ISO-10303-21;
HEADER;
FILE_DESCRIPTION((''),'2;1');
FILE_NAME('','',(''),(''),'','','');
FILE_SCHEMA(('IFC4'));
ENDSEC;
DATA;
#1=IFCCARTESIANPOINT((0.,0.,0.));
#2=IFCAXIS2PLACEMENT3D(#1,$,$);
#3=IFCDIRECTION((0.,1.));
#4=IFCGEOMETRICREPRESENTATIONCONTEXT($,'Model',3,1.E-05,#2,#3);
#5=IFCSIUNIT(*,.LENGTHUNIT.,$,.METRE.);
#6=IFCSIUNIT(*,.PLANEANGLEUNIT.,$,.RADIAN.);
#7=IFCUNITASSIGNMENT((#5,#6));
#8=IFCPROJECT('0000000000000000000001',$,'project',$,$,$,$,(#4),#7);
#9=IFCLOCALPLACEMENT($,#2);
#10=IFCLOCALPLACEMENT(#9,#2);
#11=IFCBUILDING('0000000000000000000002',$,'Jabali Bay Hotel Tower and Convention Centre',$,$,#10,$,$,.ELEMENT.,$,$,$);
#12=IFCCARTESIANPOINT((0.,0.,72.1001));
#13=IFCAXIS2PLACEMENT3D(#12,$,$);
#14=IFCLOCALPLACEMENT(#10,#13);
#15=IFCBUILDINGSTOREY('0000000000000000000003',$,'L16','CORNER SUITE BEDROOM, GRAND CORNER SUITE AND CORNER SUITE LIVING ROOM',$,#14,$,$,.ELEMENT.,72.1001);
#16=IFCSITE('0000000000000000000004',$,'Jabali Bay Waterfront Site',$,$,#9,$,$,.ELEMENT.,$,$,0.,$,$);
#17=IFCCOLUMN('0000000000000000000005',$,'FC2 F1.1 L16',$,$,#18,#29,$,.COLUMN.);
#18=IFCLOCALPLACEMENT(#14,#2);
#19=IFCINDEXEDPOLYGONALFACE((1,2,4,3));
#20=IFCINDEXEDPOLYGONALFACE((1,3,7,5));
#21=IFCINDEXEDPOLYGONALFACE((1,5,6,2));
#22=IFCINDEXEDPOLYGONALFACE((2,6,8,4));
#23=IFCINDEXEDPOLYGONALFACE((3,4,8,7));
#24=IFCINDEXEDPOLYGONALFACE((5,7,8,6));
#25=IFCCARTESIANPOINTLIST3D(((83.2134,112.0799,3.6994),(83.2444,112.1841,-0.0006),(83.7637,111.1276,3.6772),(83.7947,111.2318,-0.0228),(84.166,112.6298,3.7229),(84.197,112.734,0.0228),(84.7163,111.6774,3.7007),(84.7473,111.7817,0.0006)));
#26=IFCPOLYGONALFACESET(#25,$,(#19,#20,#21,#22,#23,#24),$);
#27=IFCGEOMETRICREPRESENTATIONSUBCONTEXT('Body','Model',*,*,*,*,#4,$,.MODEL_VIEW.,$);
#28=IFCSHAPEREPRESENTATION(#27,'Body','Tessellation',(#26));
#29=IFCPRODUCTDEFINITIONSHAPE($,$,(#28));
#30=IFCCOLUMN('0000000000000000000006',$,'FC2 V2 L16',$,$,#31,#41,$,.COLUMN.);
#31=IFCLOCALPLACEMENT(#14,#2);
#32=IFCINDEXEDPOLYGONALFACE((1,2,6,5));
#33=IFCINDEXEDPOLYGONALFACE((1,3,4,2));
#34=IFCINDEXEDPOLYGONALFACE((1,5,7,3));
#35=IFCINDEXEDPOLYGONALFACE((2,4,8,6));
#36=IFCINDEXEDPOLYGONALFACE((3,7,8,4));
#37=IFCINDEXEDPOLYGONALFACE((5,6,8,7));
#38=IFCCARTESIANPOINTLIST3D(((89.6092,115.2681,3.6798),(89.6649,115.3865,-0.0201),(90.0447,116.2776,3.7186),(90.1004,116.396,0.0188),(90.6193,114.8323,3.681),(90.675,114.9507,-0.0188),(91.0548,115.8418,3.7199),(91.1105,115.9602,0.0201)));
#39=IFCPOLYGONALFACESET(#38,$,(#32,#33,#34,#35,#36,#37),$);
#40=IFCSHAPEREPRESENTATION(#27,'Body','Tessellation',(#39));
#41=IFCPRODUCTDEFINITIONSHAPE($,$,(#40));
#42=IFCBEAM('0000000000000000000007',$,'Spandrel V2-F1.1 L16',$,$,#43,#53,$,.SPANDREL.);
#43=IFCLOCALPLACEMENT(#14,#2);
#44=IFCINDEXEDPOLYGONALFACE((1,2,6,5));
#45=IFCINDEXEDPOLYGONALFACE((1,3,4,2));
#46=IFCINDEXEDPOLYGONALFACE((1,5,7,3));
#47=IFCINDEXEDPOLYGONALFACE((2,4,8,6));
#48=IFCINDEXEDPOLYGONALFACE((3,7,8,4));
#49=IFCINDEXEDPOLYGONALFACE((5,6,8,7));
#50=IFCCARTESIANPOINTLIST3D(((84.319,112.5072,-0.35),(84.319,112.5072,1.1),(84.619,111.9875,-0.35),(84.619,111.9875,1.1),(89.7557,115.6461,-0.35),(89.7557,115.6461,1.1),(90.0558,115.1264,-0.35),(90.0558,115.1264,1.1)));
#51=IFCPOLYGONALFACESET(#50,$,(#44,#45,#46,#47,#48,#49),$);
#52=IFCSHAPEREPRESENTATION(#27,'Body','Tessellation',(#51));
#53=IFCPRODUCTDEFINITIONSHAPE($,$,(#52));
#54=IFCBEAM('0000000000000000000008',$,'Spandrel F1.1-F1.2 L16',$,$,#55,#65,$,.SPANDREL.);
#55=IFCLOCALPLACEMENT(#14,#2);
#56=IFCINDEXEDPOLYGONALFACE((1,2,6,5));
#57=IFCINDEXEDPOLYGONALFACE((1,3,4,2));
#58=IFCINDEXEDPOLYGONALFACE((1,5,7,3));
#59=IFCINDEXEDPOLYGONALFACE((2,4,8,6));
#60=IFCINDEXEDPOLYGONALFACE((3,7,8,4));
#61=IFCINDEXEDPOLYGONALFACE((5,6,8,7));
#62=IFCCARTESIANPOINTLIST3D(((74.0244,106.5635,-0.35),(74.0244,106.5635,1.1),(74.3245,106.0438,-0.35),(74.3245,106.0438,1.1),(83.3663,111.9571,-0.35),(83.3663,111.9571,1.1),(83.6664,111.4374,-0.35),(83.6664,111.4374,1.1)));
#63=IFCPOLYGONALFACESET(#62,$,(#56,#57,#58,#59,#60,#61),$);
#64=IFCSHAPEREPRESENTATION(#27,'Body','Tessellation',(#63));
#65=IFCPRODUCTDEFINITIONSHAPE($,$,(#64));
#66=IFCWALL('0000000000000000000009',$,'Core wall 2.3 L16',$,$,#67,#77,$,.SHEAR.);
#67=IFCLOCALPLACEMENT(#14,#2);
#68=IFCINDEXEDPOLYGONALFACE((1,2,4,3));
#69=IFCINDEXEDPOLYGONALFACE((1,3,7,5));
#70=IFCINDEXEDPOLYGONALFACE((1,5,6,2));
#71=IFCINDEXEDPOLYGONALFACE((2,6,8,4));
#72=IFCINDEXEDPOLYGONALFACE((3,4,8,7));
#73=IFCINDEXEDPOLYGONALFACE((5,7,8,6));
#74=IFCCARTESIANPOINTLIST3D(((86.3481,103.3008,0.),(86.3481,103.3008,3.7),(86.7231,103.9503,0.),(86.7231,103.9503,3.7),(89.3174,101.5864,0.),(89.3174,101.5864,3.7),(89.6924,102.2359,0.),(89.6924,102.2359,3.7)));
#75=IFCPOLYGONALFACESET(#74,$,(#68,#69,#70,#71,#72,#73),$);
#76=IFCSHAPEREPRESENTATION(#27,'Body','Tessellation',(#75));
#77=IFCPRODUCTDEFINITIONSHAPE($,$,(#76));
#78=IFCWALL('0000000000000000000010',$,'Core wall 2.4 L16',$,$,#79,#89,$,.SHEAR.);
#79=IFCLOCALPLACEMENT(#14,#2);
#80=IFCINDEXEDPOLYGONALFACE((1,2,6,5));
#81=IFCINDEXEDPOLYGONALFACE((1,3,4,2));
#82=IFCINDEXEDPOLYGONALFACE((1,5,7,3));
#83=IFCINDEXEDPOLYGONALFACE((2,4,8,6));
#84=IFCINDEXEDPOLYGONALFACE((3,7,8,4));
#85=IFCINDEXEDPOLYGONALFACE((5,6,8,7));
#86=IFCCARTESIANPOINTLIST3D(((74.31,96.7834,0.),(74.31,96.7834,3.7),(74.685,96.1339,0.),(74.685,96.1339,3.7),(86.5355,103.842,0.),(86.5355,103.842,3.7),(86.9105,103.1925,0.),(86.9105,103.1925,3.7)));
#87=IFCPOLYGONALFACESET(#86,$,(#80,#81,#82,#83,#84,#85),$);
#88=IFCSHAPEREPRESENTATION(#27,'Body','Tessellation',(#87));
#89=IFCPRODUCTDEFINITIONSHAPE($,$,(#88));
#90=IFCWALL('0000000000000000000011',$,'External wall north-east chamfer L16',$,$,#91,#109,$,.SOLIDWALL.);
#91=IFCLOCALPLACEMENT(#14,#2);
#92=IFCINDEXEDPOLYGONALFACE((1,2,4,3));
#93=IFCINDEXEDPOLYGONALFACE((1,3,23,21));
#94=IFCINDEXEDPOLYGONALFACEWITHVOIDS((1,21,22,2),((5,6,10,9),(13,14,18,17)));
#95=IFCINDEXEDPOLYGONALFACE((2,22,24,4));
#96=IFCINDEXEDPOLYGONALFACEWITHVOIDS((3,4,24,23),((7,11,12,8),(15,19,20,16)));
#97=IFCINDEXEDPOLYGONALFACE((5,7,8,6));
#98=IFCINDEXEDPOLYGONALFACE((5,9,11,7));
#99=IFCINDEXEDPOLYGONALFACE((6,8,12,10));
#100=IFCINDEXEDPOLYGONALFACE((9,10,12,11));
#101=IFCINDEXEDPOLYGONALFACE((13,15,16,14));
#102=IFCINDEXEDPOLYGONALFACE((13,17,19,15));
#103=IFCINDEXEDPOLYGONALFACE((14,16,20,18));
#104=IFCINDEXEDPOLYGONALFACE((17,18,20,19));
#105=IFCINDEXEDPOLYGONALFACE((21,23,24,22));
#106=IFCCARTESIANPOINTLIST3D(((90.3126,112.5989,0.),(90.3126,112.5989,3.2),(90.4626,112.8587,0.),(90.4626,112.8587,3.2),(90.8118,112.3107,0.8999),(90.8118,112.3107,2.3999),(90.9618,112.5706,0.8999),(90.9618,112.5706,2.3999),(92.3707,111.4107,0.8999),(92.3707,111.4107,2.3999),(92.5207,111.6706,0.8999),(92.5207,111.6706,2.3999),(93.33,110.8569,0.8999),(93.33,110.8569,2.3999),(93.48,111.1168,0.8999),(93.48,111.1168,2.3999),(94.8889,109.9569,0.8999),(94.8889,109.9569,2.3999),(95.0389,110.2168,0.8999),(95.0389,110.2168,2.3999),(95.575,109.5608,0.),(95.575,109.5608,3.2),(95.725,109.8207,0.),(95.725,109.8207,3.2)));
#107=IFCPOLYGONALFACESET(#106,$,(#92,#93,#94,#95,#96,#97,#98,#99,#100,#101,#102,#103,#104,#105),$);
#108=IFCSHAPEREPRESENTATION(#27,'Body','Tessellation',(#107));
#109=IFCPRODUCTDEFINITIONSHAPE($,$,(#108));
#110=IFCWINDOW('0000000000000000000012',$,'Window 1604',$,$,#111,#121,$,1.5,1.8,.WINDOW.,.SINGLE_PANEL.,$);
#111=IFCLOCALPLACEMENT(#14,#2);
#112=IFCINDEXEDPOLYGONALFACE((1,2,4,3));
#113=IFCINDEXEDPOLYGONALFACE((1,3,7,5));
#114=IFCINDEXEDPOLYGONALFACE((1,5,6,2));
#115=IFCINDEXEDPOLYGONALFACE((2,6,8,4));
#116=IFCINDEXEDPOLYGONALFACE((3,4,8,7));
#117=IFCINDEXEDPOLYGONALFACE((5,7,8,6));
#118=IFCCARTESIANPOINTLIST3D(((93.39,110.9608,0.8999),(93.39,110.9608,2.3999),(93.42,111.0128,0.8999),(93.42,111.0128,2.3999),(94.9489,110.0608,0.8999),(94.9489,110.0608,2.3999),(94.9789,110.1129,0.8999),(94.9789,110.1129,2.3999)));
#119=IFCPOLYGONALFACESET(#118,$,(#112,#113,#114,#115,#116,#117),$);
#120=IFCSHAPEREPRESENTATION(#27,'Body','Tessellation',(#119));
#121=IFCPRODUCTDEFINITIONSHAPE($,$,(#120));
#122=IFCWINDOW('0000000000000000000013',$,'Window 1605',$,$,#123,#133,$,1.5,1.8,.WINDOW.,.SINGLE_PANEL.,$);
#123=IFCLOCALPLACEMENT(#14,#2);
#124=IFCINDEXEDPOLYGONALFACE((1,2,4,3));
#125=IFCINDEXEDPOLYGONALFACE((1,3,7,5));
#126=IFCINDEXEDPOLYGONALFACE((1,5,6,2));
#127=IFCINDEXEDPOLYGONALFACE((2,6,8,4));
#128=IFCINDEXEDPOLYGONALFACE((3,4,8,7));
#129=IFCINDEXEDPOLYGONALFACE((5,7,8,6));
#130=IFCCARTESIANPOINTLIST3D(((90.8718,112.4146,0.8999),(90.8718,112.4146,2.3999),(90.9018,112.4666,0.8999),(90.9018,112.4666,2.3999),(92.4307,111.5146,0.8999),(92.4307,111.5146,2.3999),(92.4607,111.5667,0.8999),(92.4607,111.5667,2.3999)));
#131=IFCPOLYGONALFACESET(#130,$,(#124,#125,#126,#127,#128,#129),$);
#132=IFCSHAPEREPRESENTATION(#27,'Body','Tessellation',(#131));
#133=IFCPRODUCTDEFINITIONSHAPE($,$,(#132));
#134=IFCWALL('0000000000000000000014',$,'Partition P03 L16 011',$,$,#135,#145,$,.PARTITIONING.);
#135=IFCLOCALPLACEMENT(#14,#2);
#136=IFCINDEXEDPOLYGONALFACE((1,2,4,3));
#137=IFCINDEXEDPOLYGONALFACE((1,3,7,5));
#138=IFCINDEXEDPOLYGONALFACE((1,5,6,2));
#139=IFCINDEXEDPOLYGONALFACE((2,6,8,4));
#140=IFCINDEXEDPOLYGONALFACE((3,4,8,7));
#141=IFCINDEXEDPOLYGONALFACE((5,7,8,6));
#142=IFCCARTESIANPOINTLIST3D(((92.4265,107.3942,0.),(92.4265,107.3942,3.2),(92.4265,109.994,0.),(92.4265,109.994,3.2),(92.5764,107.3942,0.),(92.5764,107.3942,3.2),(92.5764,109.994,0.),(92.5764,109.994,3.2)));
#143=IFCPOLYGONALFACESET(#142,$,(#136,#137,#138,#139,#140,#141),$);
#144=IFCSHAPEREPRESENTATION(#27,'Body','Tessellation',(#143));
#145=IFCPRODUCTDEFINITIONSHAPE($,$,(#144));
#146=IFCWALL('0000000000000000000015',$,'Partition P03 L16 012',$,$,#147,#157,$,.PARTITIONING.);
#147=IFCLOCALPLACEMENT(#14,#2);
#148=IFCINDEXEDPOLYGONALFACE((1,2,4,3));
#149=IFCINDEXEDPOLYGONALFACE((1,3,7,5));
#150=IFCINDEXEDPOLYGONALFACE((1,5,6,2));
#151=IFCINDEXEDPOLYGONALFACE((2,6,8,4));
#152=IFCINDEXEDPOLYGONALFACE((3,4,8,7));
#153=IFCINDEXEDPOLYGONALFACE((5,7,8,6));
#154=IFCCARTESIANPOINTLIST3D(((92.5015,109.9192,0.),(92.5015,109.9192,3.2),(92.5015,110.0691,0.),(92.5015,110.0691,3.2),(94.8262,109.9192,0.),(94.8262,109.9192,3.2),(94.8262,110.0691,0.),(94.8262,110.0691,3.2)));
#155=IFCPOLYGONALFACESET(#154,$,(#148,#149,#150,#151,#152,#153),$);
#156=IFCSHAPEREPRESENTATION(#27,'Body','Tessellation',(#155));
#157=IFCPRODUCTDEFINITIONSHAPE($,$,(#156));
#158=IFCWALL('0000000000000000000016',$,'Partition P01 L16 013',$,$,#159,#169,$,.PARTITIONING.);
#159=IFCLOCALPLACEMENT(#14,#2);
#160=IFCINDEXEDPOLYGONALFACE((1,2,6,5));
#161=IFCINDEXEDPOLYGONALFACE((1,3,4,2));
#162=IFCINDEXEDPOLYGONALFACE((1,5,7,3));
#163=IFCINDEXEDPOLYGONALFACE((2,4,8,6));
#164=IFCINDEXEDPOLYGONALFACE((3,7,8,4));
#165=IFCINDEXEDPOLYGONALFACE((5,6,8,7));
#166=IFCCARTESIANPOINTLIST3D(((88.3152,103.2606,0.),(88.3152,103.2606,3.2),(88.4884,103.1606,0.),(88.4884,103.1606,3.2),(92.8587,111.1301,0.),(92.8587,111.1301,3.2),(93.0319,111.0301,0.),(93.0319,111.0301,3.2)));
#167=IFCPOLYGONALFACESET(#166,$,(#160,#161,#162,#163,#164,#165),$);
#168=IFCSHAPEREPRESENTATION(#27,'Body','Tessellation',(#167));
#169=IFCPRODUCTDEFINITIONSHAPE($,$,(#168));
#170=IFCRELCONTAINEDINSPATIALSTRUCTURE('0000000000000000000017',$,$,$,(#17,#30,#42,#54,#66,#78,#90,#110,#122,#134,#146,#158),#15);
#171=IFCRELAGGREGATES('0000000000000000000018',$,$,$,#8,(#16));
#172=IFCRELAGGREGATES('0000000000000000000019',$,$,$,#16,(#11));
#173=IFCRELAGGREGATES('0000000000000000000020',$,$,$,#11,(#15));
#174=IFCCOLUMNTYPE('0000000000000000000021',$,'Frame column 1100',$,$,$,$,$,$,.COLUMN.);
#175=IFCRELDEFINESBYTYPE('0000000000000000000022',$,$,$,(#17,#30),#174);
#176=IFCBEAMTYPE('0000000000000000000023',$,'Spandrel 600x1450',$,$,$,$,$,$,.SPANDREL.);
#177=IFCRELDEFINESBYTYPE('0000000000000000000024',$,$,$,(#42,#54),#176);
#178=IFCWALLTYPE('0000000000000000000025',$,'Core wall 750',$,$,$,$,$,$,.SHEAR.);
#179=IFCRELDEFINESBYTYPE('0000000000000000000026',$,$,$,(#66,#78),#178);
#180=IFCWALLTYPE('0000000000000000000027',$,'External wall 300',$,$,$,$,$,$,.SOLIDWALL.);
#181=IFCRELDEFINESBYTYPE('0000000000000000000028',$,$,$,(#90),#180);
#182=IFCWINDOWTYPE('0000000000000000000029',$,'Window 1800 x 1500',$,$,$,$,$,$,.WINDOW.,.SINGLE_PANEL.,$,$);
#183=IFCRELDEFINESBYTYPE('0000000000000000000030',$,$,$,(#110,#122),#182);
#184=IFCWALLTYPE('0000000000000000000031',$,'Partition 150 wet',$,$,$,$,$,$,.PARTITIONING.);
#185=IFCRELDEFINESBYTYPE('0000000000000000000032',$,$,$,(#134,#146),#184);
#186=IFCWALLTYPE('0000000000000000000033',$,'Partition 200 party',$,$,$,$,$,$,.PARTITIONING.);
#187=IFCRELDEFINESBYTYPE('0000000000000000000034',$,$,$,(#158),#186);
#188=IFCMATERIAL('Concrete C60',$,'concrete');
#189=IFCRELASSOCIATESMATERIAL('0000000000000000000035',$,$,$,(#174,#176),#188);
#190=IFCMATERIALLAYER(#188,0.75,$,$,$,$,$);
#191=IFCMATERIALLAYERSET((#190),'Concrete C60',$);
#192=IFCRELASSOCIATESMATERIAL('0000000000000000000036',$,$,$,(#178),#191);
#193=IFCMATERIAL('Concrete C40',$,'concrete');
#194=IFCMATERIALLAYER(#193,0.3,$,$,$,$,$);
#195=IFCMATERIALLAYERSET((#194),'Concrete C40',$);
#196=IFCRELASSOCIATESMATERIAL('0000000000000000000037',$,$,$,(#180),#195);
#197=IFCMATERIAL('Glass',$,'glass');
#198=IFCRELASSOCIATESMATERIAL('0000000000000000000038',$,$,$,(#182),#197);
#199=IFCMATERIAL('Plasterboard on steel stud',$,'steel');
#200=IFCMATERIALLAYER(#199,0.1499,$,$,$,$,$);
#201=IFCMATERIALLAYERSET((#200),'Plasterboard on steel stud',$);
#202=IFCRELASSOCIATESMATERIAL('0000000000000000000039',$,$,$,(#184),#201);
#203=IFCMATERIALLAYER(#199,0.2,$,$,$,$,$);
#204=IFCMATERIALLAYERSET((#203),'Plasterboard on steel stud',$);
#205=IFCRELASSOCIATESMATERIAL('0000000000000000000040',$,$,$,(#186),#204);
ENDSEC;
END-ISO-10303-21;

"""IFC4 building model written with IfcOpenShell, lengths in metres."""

from ifc_helpers import new_model, si_unit, direction, frame, frame_2d, origin, origin_2d, place, context, subcontext, project, spatial, rectangle, extrude, material, layer, layer_set, material_profile, profile_set, type_object, element, fill, save


model = new_model("IFC4")

# Units and contexts
model_context = context("Model", 3, precision=1e-05, world=origin(), true_north=direction((0.0, 1.0)))
body_context = subcontext(model_context, "Body", "Model", "MODEL_VIEW")
ifc_project = project(units=[si_unit("LENGTHUNIT", "METRE"), si_unit("PLANEANGLEUNIT", "RADIAN")], contexts=[model_context])

# Site, building, storey
site_placement = place(None, origin())
site = spatial("IfcSite", under=ifc_project, at=site_placement, Name="Jabali Bay Waterfront Site", CompositionType="ELEMENT", RefElevation=0.0)
building_placement = place(site_placement, origin())
building = spatial("IfcBuilding", under=site, at=building_placement, Name="Jabali Bay Hotel Tower and Convention Centre", CompositionType="ELEMENT")
storey_placement = place(building_placement, frame((0.0, 0.0, 72.1001)))
storey = spatial("IfcBuildingStorey", under=building, at=storey_placement, Name="L16", Description="CORNER SUITE BEDROOM, GRAND CORNER SUITE AND CORNER SUITE LIVING ROOM", CompositionType="ELEMENT", Elevation=72.1001)

# Columns
ifc_material_1 = material(Name="Concrete C60", Category="concrete")
ifc_material_profile_1 = material_profile(ifc_material_1, rectangle(XDim=1.1001, YDim=1.1001, at=origin_2d()), Name="Frame column 1100")
ifc_profile_set_1 = profile_set([ifc_material_profile_1], Name="Concrete C60")
column_type = type_object("IfcColumnType", Name="Frame column 1100", PredefinedType="COLUMN", material=ifc_profile_set_1)
column_1_placement = place(storey_placement, frame((83.9958, 111.9829, 0.0), z_axis=(-0.008376, -0.028163, 0.999568), x_axis=(0.865853, 0.499842, 0.021339)))
element("IfcColumn", 1, at=column_1_placement, inside=storey, type_object=column_type, Name="FC2 F1.1 L16", PredefinedType="COLUMN", context=body_context, shape_type="SweptSolid", body=[
    extrude(rectangle(XDim=1.1001, YDim=1.1001, at=origin_2d()), origin(), (0.0, 0.0, 1.0), 3.7017),
])
column_2_placement = place(storey_placement, frame((90.3877, 115.6733, 0.0), z_axis=(-0.015035, -0.031983, 0.999375), x_axis=(0.918178, -0.396166, 0.001135)))
element("IfcColumn", 2, at=column_2_placement, inside=storey, type_object=column_type, Name="FC2 V2 L16", PredefinedType="COLUMN", context=body_context, shape_type="SweptSolid", body=[
    extrude(rectangle(XDim=1.1001, YDim=1.1001, at=origin_2d()), origin(), (0.0, 0.0, 1.0), 3.7021),
])

# Beams
ifc_material_profile_2 = material_profile(ifc_material_1, rectangle(XDim=0.6001, YDim=1.45, at=origin_2d()), Name="Spandrel 600x1450")
ifc_profile_set_2 = profile_set([ifc_material_profile_2], Name="Concrete C60")
beam_type = type_object("IfcBeamType", Name="Spandrel 600x1450", PredefinedType="SPANDREL", material=ifc_profile_set_2)
beam_1_placement = place(storey_placement, frame((89.9058, 115.3862, 0.375), z_axis=(-0.866026, -0.5, 0.0), x_axis=(0.5, -0.866026, 0.0)))
element("IfcBeam", 3, at=beam_1_placement, inside=storey, type_object=beam_type, Name="Spandrel V2-F1.1 L16", PredefinedType="SPANDREL", context=body_context, shape_type="SweptSolid", body=[
    extrude(rectangle(XDim=0.6001, YDim=1.45, at=origin_2d()), origin(), (0.0, 0.0, 1.0), 6.2778),
])
beam_2_placement = place(storey_placement, frame((83.5164, 111.6973, 0.375), z_axis=(-0.866023, -0.500005, 0.0), x_axis=(0.500005, -0.866023, 0.0)))
element("IfcBeam", 4, at=beam_2_placement, inside=storey, type_object=beam_type, Name="Spandrel F1.1-F1.2 L16", PredefinedType="SPANDREL", context=body_context, shape_type="SweptSolid", body=[
    extrude(rectangle(XDim=0.6001, YDim=1.45, at=origin_2d()), origin(), (0.0, 0.0, 1.0), 10.7871),
])

# Walls
ifc_layer_1 = layer(ifc_material_1, 0.75)
ifc_layer_set_1 = layer_set([ifc_layer_1], Name="Concrete C60")
wall_type_1 = type_object("IfcWallType", Name="Core wall 750", PredefinedType="SHEAR", material=ifc_layer_set_1)
wall_1_placement = place(storey_placement, frame((89.5049, 101.9111, 0.0), z_axis=(0.0, 0.0, 1.0), x_axis=(-0.866017, 0.500014, 0.0)))
element("IfcWall", 5, at=wall_1_placement, inside=storey, type_object=wall_type_1, Name="Core wall 2.3 L16", PredefinedType="SHEAR", context=body_context, shape_type="SweptSolid", body=[
    extrude(rectangle(XDim=3.4287, YDim=0.75, at=frame_2d((1.7144, 0.0))), origin(), (0.0, 0.0, 1.0), 3.7),
])
wall_2_placement = place(storey_placement, frame((86.7231, 103.5173, 0.0), z_axis=(0.0, 0.0, 1.0), x_axis=(-0.866021, -0.500008, 0.0)))
element("IfcWall", 6, at=wall_2_placement, inside=storey, type_object=wall_type_1, Name="Core wall 2.4 L16", PredefinedType="SHEAR", context=body_context, shape_type="SweptSolid", body=[
    extrude(rectangle(XDim=14.1169, YDim=0.75, at=frame_2d((7.0586, 0.0))), origin(), (0.0, 0.0, 1.0), 3.7),
])

# Wall, openings, windows
ifc_material_2 = material(Name="Concrete C40", Category="concrete")
ifc_layer_2 = layer(ifc_material_2, 0.3)
ifc_layer_set_2 = layer_set([ifc_layer_2], Name="Concrete C40")
wall_type_2 = type_object("IfcWallType", Name="External wall 300", PredefinedType="SOLIDWALL", material=ifc_layer_set_2)
wall_3_placement = place(storey_placement, frame((90.3877, 112.7288, 0.0), z_axis=(0.0, 0.0, 1.0), x_axis=(0.866039, -0.499976, 0.0)))
wall_3 = element("IfcWall", 7, at=wall_3_placement, inside=storey, type_object=wall_type_2, Name="External wall north-east chamfer L16", PredefinedType="SOLIDWALL", context=body_context, shape_type="SweptSolid", body=[
    extrude(rectangle(XDim=6.0764, YDim=0.3, at=frame_2d((3.0381, 0.0))), origin(), (0.0, 0.0, 1.0), 3.2),
])
opening_1_placement = place(wall_3_placement, frame((3.4841, 0.0, 0.8999)))
opening_1 = element("IfcOpeningElement", 8, at=opening_1_placement, cuts=wall_3, PredefinedType="OPENING", context=body_context, shape_type="SweptSolid", body=[
    extrude(rectangle(XDim=1.8, YDim=1.5, at=frame_2d((0.8999, 0.75))), frame((0.0, 0.1606, 0.0), z_axis=(0.0, -1.0, 0.0), x_axis=(1.0, 0.0, 0.0)), (0.0, 0.0, 1.0), 0.321),
])
opening_2_placement = place(wall_3_placement, frame((0.5764, 0.0, 0.8999)))
opening_2 = element("IfcOpeningElement", 9, at=opening_2_placement, cuts=wall_3, PredefinedType="OPENING", context=body_context, shape_type="SweptSolid", body=[
    extrude(rectangle(XDim=1.8, YDim=1.5, at=frame_2d((0.8999, 0.75))), frame((0.0, 0.1606, 0.0), z_axis=(0.0, -1.0, 0.0), x_axis=(1.0, 0.0, 0.0)), (0.0, 0.0, 1.0), 0.321),
])
ifc_material_3 = material(Name="Glass", Category="glass")
window_type = type_object("IfcWindowType", Name="Window 1800 x 1500", PartitioningType="SINGLE_PANEL", PredefinedType="WINDOW", material=ifc_material_3)
window_1_placement = place(opening_1_placement, origin())
window_1 = element("IfcWindow", 10, at=window_1_placement, inside=storey, type_object=window_type, Name="Window 1604", OverallHeight=1.5, OverallWidth=1.8, PartitioningType="SINGLE_PANEL", PredefinedType="WINDOW", context=body_context, shape_type="SweptSolid", body=[
    extrude(rectangle(XDim=1.8, YDim=1.5, at=frame_2d((0.8999, 0.75))), frame((0.0, 0.03, 0.0), z_axis=(0.0, -1.0, 0.0), x_axis=(1.0, 0.0, 0.0)), (0.0, 0.0, 1.0), 0.0601),
])
fill(opening_1, window_1)
window_2_placement = place(opening_2_placement, origin())
window_2 = element("IfcWindow", 11, at=window_2_placement, inside=storey, type_object=window_type, Name="Window 1605", OverallHeight=1.5, OverallWidth=1.8, PartitioningType="SINGLE_PANEL", PredefinedType="WINDOW", context=body_context, shape_type="SweptSolid", body=[
    extrude(rectangle(XDim=1.8, YDim=1.5, at=frame_2d((0.8999, 0.75))), frame((0.0, 0.03, 0.0), z_axis=(0.0, -1.0, 0.0), x_axis=(1.0, 0.0, 0.0)), (0.0, 0.0, 1.0), 0.0601),
])
fill(opening_2, window_2)

# Walls
ifc_material_4 = material(Name="Plasterboard on steel stud", Category="steel")
ifc_layer_3 = layer(ifc_material_4, 0.1499)
ifc_layer_set_3 = layer_set([ifc_layer_3], Name="Plasterboard on steel stud")
wall_type_3 = type_object("IfcWallType", Name="Partition 150 wet", PredefinedType="PARTITIONING", material=ifc_layer_set_3)
wall_4_placement = place(storey_placement, frame((92.5015, 107.3943, 0.0), z_axis=(0.0, 0.0, 1.0), x_axis=(0.0, 1.0, 0.0)))
element("IfcWall", 12, at=wall_4_placement, inside=storey, type_object=wall_type_3, Name="Partition P03 L16 011", PredefinedType="PARTITIONING", context=body_context, shape_type="SweptSolid", body=[
    extrude(rectangle(XDim=2.5999, YDim=0.1499, at=frame_2d((1.2998, 0.0))), origin(), (0.0, 0.0, 1.0), 3.2),
])
wall_5_placement = place(storey_placement, frame((92.5015, 109.9941, 0.0), z_axis=(0.0, 0.0, 1.0), x_axis=(1.0, 0.0, 0.0)))
element("IfcWall", 13, at=wall_5_placement, inside=storey, type_object=wall_type_3, Name="Partition P03 L16 012", PredefinedType="PARTITIONING", context=body_context, shape_type="SweptSolid", body=[
    extrude(rectangle(XDim=2.3247, YDim=0.1499, at=frame_2d((1.1624, 0.0))), origin(), (0.0, 0.0, 1.0), 3.2),
])
ifc_layer_4 = layer(ifc_material_4, 0.2)
ifc_layer_set_4 = layer_set([ifc_layer_4], Name="Plasterboard on steel stud")
wall_type_4 = type_object("IfcWallType", Name="Partition 200 party", PredefinedType="PARTITIONING", material=ifc_layer_set_4)
wall_6_placement = place(storey_placement, frame((92.9453, 111.0801, 0.0), z_axis=(0.0, 0.0, 1.0), x_axis=(-0.500005, -0.866022, 0.0)))
element("IfcWall", 14, at=wall_6_placement, inside=storey, type_object=wall_type_4, Name="Partition P01 L16 013", PredefinedType="PARTITIONING", context=body_context, shape_type="SweptSolid", body=[
    extrude(rectangle(XDim=9.0869, YDim=0.2, at=frame_2d((4.5435, 0.0))), origin(), (0.0, 0.0, 1.0), 3.2),
])

save(model, "model.ifc")
